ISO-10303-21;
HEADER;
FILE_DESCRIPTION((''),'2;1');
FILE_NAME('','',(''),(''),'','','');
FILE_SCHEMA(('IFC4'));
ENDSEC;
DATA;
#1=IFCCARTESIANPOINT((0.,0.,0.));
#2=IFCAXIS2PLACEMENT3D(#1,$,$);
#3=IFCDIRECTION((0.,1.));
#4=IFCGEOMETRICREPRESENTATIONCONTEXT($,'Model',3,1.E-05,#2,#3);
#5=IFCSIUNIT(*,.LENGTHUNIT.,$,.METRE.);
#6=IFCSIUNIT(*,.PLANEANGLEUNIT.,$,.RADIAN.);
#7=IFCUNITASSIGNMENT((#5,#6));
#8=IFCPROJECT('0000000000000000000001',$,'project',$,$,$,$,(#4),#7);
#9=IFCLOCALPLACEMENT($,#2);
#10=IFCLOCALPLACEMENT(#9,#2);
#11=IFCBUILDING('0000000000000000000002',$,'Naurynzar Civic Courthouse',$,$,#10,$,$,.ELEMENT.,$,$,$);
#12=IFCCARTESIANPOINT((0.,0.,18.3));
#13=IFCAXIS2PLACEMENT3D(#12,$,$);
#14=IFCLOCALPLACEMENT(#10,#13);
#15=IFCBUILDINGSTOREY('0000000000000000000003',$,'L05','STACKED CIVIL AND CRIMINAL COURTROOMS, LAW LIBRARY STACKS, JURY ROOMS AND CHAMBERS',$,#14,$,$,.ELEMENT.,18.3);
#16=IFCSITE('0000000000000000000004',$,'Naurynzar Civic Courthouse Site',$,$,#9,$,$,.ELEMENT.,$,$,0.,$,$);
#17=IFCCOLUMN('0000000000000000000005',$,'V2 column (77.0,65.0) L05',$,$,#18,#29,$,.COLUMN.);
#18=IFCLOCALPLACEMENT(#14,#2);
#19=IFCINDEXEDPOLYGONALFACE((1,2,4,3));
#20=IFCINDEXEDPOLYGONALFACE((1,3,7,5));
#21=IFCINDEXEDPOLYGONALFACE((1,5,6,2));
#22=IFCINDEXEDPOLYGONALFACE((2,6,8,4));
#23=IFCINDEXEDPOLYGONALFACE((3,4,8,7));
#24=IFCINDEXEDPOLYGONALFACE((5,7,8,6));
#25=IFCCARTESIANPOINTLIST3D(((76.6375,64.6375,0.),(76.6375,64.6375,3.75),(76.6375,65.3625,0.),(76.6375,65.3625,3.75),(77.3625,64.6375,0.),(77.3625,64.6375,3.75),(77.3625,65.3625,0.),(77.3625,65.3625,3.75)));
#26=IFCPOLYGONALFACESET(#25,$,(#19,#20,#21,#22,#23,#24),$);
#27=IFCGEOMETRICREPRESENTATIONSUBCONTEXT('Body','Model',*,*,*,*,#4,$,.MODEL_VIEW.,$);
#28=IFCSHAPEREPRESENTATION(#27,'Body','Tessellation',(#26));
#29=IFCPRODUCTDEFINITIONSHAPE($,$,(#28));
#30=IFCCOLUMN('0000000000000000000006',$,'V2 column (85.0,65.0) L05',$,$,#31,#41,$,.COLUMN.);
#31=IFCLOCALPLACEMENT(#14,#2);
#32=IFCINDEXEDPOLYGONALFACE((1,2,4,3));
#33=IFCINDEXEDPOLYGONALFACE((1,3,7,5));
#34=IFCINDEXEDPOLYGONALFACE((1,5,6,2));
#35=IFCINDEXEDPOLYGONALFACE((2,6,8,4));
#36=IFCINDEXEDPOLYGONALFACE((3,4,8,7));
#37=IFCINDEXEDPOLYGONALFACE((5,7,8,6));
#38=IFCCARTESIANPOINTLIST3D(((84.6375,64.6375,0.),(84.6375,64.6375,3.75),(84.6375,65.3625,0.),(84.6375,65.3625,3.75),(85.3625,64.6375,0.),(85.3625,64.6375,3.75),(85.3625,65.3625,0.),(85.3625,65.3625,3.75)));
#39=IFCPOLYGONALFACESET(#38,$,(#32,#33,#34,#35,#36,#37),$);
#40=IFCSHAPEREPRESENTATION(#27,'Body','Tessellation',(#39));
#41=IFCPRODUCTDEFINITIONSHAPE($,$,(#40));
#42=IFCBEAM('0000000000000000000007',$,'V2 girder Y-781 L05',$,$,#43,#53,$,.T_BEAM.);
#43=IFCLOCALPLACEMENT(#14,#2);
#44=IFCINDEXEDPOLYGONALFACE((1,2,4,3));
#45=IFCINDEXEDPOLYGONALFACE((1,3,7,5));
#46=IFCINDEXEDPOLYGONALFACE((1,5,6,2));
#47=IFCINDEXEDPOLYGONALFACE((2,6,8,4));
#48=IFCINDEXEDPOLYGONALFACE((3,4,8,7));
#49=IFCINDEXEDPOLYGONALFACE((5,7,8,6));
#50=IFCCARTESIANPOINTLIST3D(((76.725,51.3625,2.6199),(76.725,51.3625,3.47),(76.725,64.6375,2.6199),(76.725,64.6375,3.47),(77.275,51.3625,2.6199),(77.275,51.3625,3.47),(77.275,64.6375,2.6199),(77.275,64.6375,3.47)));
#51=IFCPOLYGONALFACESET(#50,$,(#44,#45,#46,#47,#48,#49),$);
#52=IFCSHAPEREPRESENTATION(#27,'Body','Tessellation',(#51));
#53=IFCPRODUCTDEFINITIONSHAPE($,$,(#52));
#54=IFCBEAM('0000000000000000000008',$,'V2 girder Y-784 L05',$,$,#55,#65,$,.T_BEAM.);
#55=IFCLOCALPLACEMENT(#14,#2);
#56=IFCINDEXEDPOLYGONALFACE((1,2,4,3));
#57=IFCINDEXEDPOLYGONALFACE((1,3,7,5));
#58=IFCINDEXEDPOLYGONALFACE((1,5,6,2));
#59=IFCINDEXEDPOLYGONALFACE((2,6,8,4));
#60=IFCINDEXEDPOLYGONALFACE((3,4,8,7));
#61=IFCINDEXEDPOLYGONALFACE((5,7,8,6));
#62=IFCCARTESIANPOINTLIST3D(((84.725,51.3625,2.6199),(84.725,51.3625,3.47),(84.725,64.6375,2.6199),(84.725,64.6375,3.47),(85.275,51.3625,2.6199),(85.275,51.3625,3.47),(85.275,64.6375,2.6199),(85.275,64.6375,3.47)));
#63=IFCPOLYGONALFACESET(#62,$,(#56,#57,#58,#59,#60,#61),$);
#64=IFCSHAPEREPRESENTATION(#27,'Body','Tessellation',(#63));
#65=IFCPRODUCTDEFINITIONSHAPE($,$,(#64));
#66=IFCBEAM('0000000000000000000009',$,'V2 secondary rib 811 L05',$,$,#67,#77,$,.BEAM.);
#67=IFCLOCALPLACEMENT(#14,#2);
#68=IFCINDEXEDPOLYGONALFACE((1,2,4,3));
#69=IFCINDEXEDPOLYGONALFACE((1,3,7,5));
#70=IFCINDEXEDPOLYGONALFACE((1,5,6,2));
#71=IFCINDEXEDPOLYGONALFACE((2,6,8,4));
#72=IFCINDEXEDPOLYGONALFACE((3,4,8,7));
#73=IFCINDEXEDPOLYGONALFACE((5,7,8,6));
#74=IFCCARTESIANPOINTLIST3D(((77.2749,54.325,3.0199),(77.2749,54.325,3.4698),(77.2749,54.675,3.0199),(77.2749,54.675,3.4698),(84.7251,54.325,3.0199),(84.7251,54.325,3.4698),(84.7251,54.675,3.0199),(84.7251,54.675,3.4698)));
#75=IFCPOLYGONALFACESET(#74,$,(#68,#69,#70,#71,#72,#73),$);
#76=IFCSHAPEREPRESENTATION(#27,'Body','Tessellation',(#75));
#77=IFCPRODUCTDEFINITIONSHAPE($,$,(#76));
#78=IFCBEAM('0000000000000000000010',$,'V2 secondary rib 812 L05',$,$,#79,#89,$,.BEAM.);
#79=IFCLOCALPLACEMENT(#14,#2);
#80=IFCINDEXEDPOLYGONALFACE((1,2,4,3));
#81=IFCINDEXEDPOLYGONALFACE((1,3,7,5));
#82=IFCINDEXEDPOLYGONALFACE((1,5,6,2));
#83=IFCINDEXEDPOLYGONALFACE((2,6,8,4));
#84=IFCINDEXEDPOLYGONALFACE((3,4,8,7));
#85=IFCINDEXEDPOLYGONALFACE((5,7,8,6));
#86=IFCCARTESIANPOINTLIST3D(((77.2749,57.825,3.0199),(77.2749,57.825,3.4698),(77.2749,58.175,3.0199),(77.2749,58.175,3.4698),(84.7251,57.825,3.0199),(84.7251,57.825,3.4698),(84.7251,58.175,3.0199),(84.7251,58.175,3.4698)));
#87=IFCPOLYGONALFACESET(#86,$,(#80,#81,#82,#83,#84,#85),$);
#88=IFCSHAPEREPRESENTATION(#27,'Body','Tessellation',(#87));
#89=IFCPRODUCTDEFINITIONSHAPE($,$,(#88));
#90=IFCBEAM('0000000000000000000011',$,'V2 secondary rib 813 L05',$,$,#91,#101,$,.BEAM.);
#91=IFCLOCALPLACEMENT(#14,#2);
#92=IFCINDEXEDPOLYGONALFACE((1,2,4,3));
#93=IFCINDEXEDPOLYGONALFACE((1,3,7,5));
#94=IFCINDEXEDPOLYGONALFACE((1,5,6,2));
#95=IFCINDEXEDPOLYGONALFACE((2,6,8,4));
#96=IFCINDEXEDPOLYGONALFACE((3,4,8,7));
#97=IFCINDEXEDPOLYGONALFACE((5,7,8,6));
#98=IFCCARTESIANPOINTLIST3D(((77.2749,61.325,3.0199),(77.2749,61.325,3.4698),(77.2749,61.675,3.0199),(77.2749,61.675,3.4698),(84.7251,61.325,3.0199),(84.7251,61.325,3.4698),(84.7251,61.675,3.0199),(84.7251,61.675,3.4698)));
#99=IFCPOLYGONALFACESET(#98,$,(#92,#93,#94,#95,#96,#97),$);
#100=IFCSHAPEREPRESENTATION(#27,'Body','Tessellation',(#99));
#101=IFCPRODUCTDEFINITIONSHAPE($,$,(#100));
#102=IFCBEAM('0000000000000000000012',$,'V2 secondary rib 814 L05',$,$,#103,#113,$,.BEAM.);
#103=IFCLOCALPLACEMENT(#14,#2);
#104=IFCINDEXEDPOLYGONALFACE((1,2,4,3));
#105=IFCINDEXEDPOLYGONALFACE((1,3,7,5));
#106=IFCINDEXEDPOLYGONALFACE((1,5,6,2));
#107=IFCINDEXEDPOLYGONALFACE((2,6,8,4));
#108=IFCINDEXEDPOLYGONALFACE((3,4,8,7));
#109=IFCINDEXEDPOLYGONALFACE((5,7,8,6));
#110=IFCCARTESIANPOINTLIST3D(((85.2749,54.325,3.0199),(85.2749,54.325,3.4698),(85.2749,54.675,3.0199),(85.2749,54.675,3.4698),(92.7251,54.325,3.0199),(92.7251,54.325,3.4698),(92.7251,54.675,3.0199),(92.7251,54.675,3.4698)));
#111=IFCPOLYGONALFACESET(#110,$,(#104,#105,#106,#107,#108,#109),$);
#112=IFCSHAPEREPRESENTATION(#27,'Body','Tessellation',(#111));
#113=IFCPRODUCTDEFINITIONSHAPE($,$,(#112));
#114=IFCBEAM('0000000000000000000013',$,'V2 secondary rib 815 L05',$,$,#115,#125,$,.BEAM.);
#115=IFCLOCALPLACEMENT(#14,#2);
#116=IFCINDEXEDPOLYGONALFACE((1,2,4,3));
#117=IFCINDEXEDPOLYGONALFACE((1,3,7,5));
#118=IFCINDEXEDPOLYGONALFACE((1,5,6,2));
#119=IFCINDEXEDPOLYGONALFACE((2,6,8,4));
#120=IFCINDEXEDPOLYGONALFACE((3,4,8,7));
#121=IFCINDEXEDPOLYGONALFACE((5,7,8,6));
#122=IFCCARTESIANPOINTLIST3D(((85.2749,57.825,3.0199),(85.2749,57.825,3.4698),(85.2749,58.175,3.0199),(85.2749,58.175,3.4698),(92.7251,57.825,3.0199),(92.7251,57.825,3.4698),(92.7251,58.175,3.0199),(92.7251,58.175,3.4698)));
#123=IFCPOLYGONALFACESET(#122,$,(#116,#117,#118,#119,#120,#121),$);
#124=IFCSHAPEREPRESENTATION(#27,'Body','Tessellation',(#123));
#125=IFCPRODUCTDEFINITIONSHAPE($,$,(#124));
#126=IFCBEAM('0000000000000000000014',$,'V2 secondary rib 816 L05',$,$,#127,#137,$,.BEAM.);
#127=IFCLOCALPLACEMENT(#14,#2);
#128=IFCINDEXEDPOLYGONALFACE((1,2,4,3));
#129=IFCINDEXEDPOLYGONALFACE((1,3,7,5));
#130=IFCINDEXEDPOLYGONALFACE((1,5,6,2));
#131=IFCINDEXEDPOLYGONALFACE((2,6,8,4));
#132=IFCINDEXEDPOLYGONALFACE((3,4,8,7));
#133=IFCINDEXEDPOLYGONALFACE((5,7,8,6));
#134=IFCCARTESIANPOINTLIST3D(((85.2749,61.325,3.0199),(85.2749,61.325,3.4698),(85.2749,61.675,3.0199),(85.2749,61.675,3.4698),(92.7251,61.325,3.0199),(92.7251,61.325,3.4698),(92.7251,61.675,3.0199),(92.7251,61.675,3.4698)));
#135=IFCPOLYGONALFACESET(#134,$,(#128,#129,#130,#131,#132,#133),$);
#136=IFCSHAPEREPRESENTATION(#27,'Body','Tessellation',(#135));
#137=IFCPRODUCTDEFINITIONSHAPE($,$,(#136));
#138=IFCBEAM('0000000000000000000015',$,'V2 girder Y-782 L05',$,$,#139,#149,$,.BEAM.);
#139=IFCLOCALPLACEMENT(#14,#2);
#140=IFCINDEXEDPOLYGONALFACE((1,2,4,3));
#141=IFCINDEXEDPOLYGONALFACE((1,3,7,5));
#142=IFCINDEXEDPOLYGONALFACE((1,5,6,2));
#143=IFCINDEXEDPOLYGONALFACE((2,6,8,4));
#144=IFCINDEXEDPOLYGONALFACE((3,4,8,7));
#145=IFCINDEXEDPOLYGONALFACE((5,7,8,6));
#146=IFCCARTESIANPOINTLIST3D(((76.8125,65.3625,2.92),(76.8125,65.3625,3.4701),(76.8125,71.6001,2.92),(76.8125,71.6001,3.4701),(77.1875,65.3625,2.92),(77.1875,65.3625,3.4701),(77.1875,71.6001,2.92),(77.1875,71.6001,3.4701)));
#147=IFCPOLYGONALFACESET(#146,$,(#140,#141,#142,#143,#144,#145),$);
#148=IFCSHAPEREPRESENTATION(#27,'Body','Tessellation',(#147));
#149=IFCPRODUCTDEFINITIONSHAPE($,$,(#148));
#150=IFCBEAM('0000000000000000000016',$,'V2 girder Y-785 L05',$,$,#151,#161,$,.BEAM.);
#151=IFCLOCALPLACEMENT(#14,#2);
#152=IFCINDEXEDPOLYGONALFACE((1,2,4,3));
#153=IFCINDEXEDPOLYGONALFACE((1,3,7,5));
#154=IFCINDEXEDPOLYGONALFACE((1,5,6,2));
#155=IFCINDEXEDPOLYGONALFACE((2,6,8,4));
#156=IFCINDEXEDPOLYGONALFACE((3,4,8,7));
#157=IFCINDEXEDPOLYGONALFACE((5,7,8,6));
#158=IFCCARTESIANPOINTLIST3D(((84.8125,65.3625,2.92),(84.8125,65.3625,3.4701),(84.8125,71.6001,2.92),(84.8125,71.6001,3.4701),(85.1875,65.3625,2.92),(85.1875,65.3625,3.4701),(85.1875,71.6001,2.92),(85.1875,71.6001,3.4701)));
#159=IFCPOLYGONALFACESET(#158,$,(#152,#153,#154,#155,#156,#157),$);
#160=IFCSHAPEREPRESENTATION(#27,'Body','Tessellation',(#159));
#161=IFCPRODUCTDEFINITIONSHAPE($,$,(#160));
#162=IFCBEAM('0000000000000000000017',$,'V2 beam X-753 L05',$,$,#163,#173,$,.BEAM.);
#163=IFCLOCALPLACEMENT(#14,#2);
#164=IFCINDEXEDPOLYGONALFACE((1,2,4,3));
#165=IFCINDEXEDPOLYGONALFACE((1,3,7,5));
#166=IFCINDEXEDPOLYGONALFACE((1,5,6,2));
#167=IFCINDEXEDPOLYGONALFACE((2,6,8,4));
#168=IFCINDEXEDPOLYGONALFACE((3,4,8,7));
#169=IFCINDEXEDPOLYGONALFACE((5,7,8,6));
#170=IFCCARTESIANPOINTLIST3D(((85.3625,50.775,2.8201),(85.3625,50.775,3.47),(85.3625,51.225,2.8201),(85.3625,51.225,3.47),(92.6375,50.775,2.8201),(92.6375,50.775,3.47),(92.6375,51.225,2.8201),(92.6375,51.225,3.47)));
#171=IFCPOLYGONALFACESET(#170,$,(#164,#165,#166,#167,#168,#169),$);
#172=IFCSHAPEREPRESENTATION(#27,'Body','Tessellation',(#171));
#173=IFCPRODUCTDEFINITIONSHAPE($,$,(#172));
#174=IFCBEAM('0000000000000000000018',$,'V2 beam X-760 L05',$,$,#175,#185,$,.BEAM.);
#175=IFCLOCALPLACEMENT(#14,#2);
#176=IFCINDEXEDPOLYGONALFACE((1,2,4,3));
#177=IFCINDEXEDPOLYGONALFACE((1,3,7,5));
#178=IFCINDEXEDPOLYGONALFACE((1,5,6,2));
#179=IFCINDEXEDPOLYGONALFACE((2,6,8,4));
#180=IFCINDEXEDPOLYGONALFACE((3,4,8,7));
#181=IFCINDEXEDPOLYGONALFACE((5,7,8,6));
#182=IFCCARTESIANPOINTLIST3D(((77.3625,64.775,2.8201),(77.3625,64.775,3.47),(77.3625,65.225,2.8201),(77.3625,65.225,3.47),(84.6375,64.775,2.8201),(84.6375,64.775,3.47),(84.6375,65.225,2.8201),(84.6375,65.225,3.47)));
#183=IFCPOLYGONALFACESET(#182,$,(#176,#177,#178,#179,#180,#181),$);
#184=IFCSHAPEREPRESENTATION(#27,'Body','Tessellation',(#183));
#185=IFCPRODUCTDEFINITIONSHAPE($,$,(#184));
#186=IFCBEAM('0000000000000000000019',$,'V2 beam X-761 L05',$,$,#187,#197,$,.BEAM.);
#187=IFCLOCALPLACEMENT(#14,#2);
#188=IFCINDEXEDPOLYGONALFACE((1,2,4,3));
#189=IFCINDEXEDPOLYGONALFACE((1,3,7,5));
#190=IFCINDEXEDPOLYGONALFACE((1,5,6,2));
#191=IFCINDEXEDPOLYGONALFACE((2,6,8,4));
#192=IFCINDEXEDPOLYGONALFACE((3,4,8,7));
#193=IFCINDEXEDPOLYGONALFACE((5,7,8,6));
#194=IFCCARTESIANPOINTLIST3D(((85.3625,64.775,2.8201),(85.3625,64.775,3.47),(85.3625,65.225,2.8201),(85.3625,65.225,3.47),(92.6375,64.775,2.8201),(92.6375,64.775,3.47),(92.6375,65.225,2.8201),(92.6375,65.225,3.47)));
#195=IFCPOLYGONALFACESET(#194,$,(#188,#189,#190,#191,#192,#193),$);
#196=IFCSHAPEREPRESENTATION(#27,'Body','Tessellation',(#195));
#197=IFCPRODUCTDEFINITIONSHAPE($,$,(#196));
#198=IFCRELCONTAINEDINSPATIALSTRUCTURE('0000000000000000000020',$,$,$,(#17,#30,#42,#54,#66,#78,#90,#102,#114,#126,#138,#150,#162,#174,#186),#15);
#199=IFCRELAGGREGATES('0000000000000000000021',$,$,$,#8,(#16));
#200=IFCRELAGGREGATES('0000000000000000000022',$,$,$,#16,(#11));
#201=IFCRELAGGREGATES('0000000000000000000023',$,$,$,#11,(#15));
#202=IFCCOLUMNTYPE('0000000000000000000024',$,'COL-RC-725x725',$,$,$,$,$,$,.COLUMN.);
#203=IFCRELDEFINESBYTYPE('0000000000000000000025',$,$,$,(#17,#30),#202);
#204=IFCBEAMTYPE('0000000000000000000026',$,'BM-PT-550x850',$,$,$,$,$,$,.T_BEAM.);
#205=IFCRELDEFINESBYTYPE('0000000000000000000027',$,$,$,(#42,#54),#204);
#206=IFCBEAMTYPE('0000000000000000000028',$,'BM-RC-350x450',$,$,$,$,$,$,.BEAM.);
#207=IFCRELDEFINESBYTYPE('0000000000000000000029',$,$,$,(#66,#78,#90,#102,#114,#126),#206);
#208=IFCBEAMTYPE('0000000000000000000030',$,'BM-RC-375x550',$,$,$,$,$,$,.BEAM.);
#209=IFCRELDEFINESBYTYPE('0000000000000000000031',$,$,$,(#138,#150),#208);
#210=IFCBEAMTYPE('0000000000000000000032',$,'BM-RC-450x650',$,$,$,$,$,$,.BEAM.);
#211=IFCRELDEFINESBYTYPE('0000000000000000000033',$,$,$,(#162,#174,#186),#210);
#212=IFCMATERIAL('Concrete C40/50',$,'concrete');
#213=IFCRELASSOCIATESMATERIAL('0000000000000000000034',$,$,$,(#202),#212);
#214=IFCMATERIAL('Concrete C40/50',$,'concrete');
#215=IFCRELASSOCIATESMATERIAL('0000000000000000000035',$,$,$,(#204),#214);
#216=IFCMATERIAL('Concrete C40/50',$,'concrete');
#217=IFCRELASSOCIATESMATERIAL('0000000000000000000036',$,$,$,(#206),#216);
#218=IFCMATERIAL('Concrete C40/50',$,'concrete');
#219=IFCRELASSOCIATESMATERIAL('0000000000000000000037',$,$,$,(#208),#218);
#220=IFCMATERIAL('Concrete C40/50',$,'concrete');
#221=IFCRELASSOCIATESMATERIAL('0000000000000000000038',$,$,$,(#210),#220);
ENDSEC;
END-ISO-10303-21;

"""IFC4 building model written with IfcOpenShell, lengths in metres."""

from ifc_helpers import new_model, si_unit, direction, frame, origin, origin_2d, place, context, subcontext, project, spatial, rectangle, extrude, material, material_profile, profile_set, type_object, element, save


model = new_model("IFC4")

# Units and contexts
model_context = context("Model", 3, precision=1e-05, world=origin(), true_north=direction((0.0, 1.0)))
body_context = subcontext(model_context, "Body", "Model", "MODEL_VIEW")
ifc_project = project(units=[si_unit("LENGTHUNIT", "METRE"), si_unit("PLANEANGLEUNIT", "RADIAN")], contexts=[model_context])

# Site, building, storey
site_placement = place(None, origin())
site = spatial("IfcSite", under=ifc_project, at=site_placement, Name="Naurynzar Civic Courthouse Site", CompositionType="ELEMENT", RefElevation=0.0)
building_placement = place(site_placement, origin())
building = spatial("IfcBuilding", under=site, at=building_placement, Name="Naurynzar Civic Courthouse", CompositionType="ELEMENT")
storey_placement = place(building_placement, frame((0.0, 0.0, 18.3)))
storey = spatial("IfcBuildingStorey", under=building, at=storey_placement, Name="L05", Description="STACKED CIVIL AND CRIMINAL COURTROOMS, LAW LIBRARY STACKS, JURY ROOMS AND CHAMBERS", CompositionType="ELEMENT", Elevation=18.3)

# Columns
ifc_material_1 = material(Name="Concrete C40/50", Category="concrete")
ifc_material_profile_1 = material_profile(ifc_material_1, rectangle(XDim=0.7251, YDim=0.7251, at=origin_2d()), Name="RC 725x725")
ifc_profile_set_1 = profile_set([ifc_material_profile_1], Name="Concrete C40/50")
column_type = type_object("IfcColumnType", Name="COL-RC-725x725", PredefinedType="COLUMN", material=ifc_profile_set_1)
for number, where, z_axis, x_axis, name in (
    (1, (77.0, 65.0, 0.0), (0.0, 0.0, 1.0), (1.0, 0.0, 0.0), "V2 column (77.0,65.0) L05"),
    (2, (85.0, 65.0, 0.0), (0.0, 0.0, 1.0), (1.0, 0.0, 0.0), "V2 column (85.0,65.0) L05"),
):
    element("IfcColumn", number, at=place(storey_placement, frame(where, z_axis=z_axis, x_axis=x_axis)), inside=storey, type_object=column_type, Name=name, PredefinedType="COLUMN", context=body_context, shape_type="SweptSolid", body=[
        extrude(rectangle(XDim=0.7251, YDim=0.7251, at=origin_2d()), origin(), (0.0, 0.0, 1.0), 3.75),
    ])

# Beams
ifc_material_2 = material(Name="Concrete C40/50", Category="concrete")
ifc_material_profile_2 = material_profile(ifc_material_2, rectangle(XDim=0.55, YDim=0.8501, at=origin_2d()), Name="PTB 550x850")
ifc_profile_set_2 = profile_set([ifc_material_profile_2], Name="Concrete C40/50")
beam_type_1 = type_object("IfcBeamType", Name="BM-PT-550x850", PredefinedType="T_BEAM", material=ifc_profile_set_2)
for number, where, z_axis, x_axis, name in (
    (3, (77.0, 51.3625, 3.0449), (0.0, 1.0, 0.0), (-1.0, 0.0, 0.0), "V2 girder Y-781 L05"),
    (4, (85.0, 51.3625, 3.0449), (0.0, 1.0, 0.0), (-1.0, 0.0, 0.0), "V2 girder Y-784 L05"),
):
    element("IfcBeam", number, at=place(storey_placement, frame(where, z_axis=z_axis, x_axis=x_axis)), inside=storey, type_object=beam_type_1, Name=name, PredefinedType="T_BEAM", context=body_context, shape_type="SweptSolid", body=[
        extrude(rectangle(XDim=0.55, YDim=0.8501, at=origin_2d()), origin(), (0.0, 0.0, 1.0), 13.2749),
    ])
ifc_material_3 = material(Name="Concrete C40/50", Category="concrete")
ifc_material_profile_3 = material_profile(ifc_material_3, rectangle(XDim=0.3501, YDim=0.45, at=origin_2d()), Name="RCB 350x450")
ifc_profile_set_3 = profile_set([ifc_material_profile_3], Name="Concrete C40/50")
beam_type_2 = type_object("IfcBeamType", Name="BM-RC-350x450", PredefinedType="BEAM", material=ifc_profile_set_3)
for number, where, z_axis, x_axis, name in (
    (5, (77.2749, 54.5, 3.2449), (1.0, 0.0, 0.0), (0.0, 1.0, 0.0), "V2 secondary rib 811 L05"),
    (6, (77.2749, 58.0, 3.2449), (1.0, 0.0, 0.0), (0.0, 1.0, 0.0), "V2 secondary rib 812 L05"),
    (7, (77.2749, 61.5, 3.2449), (1.0, 0.0, 0.0), (0.0, 1.0, 0.0), "V2 secondary rib 813 L05"),
    (8, (85.2749, 54.5, 3.2449), (1.0, 0.0, 0.0), (0.0, 1.0, 0.0), "V2 secondary rib 814 L05"),
    (9, (85.2749, 58.0, 3.2449), (1.0, 0.0, 0.0), (0.0, 1.0, 0.0), "V2 secondary rib 815 L05"),
    (10, (85.2749, 61.5, 3.2449), (1.0, 0.0, 0.0), (0.0, 1.0, 0.0), "V2 secondary rib 816 L05"),
):
    element("IfcBeam", number, at=place(storey_placement, frame(where, z_axis=z_axis, x_axis=x_axis)), inside=storey, type_object=beam_type_2, Name=name, PredefinedType="BEAM", context=body_context, shape_type="SweptSolid", body=[
        extrude(rectangle(XDim=0.3501, YDim=0.45, at=origin_2d()), origin(), (0.0, 0.0, 1.0), 7.4502),
    ])
ifc_material_4 = material(Name="Concrete C40/50", Category="concrete")
ifc_material_profile_4 = material_profile(ifc_material_4, rectangle(XDim=0.375, YDim=0.55, at=origin_2d()), Name="RCB 375x550")
ifc_profile_set_4 = profile_set([ifc_material_profile_4], Name="Concrete C40/50")
beam_type_3 = type_object("IfcBeamType", Name="BM-RC-375x550", PredefinedType="BEAM", material=ifc_profile_set_4)
for number, where, z_axis, x_axis, name in (
    (11, (77.0, 65.3625, 3.1951), (0.0, 1.0, 0.0), (-1.0, 0.0, 0.0), "V2 girder Y-782 L05"),
    (12, (85.0, 65.3625, 3.1951), (0.0, 1.0, 0.0), (-1.0, 0.0, 0.0), "V2 girder Y-785 L05"),
):
    element("IfcBeam", number, at=place(storey_placement, frame(where, z_axis=z_axis, x_axis=x_axis)), inside=storey, type_object=beam_type_3, Name=name, PredefinedType="BEAM", context=body_context, shape_type="SweptSolid", body=[
        extrude(rectangle(XDim=0.375, YDim=0.55, at=origin_2d()), origin(), (0.0, 0.0, 1.0), 6.2375),
    ])
ifc_material_5 = material(Name="Concrete C40/50", Category="concrete")
ifc_material_profile_5 = material_profile(ifc_material_5, rectangle(XDim=0.45, YDim=0.6499, at=origin_2d()), Name="RCB 450x650")
ifc_profile_set_5 = profile_set([ifc_material_profile_5], Name="Concrete C40/50")
beam_type_4 = type_object("IfcBeamType", Name="BM-RC-450x650", PredefinedType="BEAM", material=ifc_profile_set_5)
for number, where, z_axis, x_axis, name in (
    (13, (85.3625, 51.0, 3.145), (1.0, 0.0, 0.0), (0.0, 1.0, 0.0), "V2 beam X-753 L05"),
    (14, (77.3625, 65.0, 3.145), (1.0, 0.0, 0.0), (0.0, 1.0, 0.0), "V2 beam X-760 L05"),
    (15, (85.3625, 65.0, 3.145), (1.0, 0.0, 0.0), (0.0, 1.0, 0.0), "V2 beam X-761 L05"),
):
    element("IfcBeam", number, at=place(storey_placement, frame(where, z_axis=z_axis, x_axis=x_axis)), inside=storey, type_object=beam_type_4, Name=name, PredefinedType="BEAM", context=body_context, shape_type="SweptSolid", body=[
        extrude(rectangle(XDim=0.45, YDim=0.6499, at=origin_2d()), origin(), (0.0, 0.0, 1.0), 7.2749),
    ])

save(model, "model.ifc")
